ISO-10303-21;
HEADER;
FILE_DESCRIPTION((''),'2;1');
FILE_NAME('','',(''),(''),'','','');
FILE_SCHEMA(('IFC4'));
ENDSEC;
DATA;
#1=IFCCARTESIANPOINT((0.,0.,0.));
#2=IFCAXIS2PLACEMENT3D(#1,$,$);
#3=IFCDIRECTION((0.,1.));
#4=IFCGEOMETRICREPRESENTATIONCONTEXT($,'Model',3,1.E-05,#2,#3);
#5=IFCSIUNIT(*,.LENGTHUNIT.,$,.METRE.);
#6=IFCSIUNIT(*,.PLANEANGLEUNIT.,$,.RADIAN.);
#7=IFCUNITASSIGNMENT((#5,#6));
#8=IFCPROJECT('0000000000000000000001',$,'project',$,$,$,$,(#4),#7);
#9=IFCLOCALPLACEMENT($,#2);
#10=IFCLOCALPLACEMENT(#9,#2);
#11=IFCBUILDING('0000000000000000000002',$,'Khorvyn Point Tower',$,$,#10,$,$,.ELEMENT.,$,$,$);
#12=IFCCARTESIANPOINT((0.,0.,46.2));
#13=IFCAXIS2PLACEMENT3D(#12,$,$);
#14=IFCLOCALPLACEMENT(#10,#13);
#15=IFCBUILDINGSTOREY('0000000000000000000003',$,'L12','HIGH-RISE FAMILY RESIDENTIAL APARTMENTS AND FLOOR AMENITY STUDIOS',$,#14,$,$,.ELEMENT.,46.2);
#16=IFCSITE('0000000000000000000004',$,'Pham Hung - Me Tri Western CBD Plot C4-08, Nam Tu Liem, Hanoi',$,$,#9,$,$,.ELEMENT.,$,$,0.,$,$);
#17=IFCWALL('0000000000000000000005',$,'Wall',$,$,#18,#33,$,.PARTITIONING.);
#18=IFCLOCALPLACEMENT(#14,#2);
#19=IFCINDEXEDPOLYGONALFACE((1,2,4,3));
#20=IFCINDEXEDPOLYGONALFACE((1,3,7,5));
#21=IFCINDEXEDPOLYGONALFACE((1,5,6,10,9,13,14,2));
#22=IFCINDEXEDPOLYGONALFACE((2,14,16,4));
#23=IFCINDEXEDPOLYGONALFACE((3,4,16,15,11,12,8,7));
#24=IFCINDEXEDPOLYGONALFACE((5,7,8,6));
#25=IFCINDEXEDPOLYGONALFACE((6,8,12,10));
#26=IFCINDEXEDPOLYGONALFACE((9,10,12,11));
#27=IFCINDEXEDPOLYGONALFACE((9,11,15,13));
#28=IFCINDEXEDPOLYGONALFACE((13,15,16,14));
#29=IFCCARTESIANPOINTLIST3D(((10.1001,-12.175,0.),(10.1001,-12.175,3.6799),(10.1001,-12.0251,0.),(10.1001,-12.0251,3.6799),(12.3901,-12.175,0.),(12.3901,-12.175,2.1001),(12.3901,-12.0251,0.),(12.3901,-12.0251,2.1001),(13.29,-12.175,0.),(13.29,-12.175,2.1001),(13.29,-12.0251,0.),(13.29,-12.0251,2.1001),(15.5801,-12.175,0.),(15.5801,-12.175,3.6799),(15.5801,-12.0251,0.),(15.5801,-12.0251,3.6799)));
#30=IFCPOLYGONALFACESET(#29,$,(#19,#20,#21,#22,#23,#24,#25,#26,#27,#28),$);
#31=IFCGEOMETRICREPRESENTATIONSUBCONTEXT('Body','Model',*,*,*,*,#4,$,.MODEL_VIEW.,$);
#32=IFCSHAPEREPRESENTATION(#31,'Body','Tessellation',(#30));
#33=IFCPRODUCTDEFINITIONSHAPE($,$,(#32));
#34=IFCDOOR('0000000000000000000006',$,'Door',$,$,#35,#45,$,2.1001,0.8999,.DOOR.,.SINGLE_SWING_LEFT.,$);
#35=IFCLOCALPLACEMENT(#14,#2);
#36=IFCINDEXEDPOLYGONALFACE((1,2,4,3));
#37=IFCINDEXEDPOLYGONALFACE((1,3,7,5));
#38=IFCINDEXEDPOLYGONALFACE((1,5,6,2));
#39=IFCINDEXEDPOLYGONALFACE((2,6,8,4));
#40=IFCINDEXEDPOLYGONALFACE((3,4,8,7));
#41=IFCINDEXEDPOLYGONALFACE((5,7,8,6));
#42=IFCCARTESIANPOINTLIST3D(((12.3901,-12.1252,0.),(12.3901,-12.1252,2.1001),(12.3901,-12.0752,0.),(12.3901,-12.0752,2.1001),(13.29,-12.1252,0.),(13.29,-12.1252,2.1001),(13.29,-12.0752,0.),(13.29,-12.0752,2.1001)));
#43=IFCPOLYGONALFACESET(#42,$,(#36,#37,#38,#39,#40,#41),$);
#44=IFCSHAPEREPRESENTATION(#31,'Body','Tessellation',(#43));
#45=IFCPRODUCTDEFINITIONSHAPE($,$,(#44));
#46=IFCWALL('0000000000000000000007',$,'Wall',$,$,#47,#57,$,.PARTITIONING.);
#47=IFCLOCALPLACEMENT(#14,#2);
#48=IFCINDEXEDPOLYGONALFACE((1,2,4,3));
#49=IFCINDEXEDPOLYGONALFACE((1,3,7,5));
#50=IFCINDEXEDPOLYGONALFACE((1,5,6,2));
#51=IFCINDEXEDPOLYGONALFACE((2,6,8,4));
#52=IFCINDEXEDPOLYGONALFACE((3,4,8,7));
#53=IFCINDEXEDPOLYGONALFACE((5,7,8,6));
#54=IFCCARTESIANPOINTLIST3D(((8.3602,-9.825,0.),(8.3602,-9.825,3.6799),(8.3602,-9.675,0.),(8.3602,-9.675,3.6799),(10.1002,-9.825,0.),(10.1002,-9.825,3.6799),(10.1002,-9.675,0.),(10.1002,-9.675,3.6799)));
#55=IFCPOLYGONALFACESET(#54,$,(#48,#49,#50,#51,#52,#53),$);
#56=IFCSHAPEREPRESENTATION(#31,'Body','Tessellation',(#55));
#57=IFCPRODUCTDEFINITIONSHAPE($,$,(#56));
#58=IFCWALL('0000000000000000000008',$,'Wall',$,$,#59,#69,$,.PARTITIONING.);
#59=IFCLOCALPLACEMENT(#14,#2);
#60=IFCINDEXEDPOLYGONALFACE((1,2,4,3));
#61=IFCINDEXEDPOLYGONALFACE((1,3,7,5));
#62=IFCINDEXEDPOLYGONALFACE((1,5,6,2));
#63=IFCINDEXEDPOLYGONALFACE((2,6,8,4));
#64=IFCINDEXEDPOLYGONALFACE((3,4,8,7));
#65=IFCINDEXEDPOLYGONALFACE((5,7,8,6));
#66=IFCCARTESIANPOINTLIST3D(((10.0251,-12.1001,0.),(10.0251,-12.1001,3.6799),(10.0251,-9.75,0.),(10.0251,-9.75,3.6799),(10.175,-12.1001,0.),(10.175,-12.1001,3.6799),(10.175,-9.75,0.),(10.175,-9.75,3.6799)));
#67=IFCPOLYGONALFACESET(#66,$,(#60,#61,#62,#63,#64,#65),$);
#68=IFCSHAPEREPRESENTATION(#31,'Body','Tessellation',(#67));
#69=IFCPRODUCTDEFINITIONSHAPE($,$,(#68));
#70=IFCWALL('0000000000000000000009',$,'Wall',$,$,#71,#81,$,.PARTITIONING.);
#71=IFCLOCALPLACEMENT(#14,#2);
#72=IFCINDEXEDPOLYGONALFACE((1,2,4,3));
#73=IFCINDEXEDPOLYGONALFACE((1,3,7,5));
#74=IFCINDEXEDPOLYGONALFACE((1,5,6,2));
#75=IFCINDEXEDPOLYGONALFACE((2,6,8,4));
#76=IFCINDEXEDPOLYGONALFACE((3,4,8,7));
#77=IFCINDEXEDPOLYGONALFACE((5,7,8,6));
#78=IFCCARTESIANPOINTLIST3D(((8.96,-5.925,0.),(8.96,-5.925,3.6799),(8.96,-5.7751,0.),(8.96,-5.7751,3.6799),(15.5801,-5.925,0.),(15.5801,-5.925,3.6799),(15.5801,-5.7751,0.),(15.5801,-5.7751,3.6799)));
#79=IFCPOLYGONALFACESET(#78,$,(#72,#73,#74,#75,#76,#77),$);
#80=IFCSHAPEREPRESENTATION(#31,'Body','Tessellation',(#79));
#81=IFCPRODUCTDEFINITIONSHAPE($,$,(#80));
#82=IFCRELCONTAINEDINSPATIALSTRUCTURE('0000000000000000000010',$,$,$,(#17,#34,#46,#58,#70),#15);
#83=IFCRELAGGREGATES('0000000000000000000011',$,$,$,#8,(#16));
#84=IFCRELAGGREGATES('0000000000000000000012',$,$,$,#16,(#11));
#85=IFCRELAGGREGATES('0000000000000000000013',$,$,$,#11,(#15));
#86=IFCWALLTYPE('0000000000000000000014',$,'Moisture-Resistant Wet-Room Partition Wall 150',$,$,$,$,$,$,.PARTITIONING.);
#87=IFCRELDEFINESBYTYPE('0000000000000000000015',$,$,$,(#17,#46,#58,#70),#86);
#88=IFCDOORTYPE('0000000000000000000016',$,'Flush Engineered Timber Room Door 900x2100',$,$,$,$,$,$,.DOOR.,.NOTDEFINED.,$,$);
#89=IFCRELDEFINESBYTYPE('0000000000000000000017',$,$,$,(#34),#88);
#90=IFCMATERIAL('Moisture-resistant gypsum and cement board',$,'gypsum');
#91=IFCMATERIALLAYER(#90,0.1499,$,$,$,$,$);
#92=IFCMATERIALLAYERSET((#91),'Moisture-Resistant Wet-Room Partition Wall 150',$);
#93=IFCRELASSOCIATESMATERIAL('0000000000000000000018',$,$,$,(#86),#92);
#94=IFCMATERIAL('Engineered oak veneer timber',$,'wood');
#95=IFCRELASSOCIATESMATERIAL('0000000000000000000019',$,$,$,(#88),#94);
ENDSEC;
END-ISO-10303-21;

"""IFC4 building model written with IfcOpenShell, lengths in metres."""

from ifc_helpers import new_model, si_unit, direction, frame, frame_2d, origin, place, context, subcontext, project, spatial, rectangle, extrude, material, layer, layer_set, type_object, element, fill, save


model = new_model("IFC4")

# Units and contexts
model_context = context("Model", 3, precision=1e-05, world=origin(), true_north=direction((0.0, 1.0)))
body_context = subcontext(model_context, "Body", "Model", "MODEL_VIEW")
ifc_project = project(units=[si_unit("LENGTHUNIT", "METRE"), si_unit("PLANEANGLEUNIT", "RADIAN")], contexts=[model_context])

# Site, building, storey
site_placement = place(None, origin())
site = spatial("IfcSite", under=ifc_project, at=site_placement, Name="Pham Hung - Me Tri Western CBD Plot C4-08, Nam Tu Liem, Hanoi", CompositionType="ELEMENT", RefElevation=0.0)
building_placement = place(site_placement, origin())
building = spatial("IfcBuilding", under=site, at=building_placement, Name="Khorvyn Point Tower", CompositionType="ELEMENT")
storey_placement = place(building_placement, frame((0.0, 0.0, 46.2)))
storey = spatial("IfcBuildingStorey", under=building, at=storey_placement, Name="L12", Description="HIGH-RISE FAMILY RESIDENTIAL APARTMENTS AND FLOOR AMENITY STUDIOS", CompositionType="ELEMENT", Elevation=46.2)

# Wall, opening, door
ifc_material_1 = material(Name="Moisture-resistant gypsum and cement board", Category="gypsum")
ifc_layer_1 = layer(ifc_material_1, 0.1499)
ifc_layer_set_1 = layer_set([ifc_layer_1], Name="Moisture-Resistant Wet-Room Partition Wall 150")
wall_type_1 = type_object("IfcWallType", Name="Moisture-Resistant Wet-Room Partition Wall 150", PredefinedType="PARTITIONING", material=ifc_layer_set_1)
wall_1_placement = place(storey_placement, frame((10.1001, -12.1001, 0.0), z_axis=(0.0, 0.0, 1.0), x_axis=(1.0, 0.0, 0.0)))
wall_1 = element("IfcWall", 1, at=wall_1_placement, inside=storey, type_object=wall_type_1, Name="Wall", PredefinedType="PARTITIONING", context=body_context, shape_type="SweptSolid", body=[
    extrude(rectangle(XDim=5.48, YDim=0.1499, at=frame_2d((2.74, 0.0))), origin(), (0.0, 0.0, 1.0), 3.6799),
])
opening_1_placement = place(wall_1_placement, frame((2.29, 0.0, 0.0)))
opening_1 = element("IfcOpeningElement", 2, at=opening_1_placement, cuts=wall_1, PredefinedType="OPENING", context=body_context, shape_type="SweptSolid", body=[
    extrude(rectangle(XDim=0.8999, YDim=2.1001, at=frame_2d((0.45, 1.05))), frame((0.0, 0.085, 0.0), z_axis=(0.0, -1.0, 0.0), x_axis=(1.0, 0.0, 0.0)), (0.0, 0.0, 1.0), 0.1699),
])
ifc_material_2 = material(Name="Engineered oak veneer timber", Category="wood")
door_type_1 = type_object("IfcDoorType", Name="Flush Engineered Timber Room Door 900x2100", OperationType="NOTDEFINED", PredefinedType="DOOR", material=ifc_material_2)
door_1_placement = place(opening_1_placement, origin())
door_1 = element("IfcDoor", 3, at=door_1_placement, inside=storey, type_object=door_type_1, Name="Door", OperationType="SINGLE_SWING_LEFT", OverallHeight=2.1001, OverallWidth=0.8999, PredefinedType="DOOR", context=body_context, shape_type="SweptSolid", body=[
    extrude(rectangle(XDim=0.8999, YDim=2.1001, at=frame_2d((0.45, 1.05))), frame((0.0, 0.0249, 0.0), z_axis=(0.0, -1.0, 0.0), x_axis=(1.0, 0.0, 0.0)), (0.0, 0.0, 1.0), 0.05),
])
fill(opening_1, door_1)

# Walls
wall_2_placement = place(storey_placement, frame((8.3601, -9.75, 0.0), z_axis=(0.0, 0.0, 1.0), x_axis=(1.0, 0.0, 0.0)))
element("IfcWall", 4, at=wall_2_placement, inside=storey, type_object=wall_type_1, Name="Wall", PredefinedType="PARTITIONING", context=body_context, shape_type="SweptSolid", body=[
    extrude(rectangle(XDim=1.74, YDim=0.1499, at=frame_2d((0.8701, 0.0))), origin(), (0.0, 0.0, 1.0), 3.6799),
])
wall_3_placement = place(storey_placement, frame((10.1001, -12.1001, 0.0), z_axis=(0.0, 0.0, 1.0), x_axis=(0.0, 1.0, 0.0)))
element("IfcWall", 5, at=wall_3_placement, inside=storey, type_object=wall_type_1, Name="Wall", PredefinedType="PARTITIONING", context=body_context, shape_type="SweptSolid", body=[
    extrude(rectangle(XDim=2.3501, YDim=0.1499, at=frame_2d((1.175, 0.0))), origin(), (0.0, 0.0, 1.0), 3.6799),
])
wall_4_placement = place(storey_placement, frame((8.96, -5.8501, 0.0), z_axis=(0.0, 0.0, 1.0), x_axis=(1.0, 0.0, 0.0)))
element("IfcWall", 6, at=wall_4_placement, inside=storey, type_object=wall_type_1, Name="Wall", PredefinedType="PARTITIONING", context=body_context, shape_type="SweptSolid", body=[
    extrude(rectangle(XDim=6.6201, YDim=0.1499, at=frame_2d((3.3101, 0.0))), origin(), (0.0, 0.0, 1.0), 3.6799),
])

save(model, "model.ifc")
